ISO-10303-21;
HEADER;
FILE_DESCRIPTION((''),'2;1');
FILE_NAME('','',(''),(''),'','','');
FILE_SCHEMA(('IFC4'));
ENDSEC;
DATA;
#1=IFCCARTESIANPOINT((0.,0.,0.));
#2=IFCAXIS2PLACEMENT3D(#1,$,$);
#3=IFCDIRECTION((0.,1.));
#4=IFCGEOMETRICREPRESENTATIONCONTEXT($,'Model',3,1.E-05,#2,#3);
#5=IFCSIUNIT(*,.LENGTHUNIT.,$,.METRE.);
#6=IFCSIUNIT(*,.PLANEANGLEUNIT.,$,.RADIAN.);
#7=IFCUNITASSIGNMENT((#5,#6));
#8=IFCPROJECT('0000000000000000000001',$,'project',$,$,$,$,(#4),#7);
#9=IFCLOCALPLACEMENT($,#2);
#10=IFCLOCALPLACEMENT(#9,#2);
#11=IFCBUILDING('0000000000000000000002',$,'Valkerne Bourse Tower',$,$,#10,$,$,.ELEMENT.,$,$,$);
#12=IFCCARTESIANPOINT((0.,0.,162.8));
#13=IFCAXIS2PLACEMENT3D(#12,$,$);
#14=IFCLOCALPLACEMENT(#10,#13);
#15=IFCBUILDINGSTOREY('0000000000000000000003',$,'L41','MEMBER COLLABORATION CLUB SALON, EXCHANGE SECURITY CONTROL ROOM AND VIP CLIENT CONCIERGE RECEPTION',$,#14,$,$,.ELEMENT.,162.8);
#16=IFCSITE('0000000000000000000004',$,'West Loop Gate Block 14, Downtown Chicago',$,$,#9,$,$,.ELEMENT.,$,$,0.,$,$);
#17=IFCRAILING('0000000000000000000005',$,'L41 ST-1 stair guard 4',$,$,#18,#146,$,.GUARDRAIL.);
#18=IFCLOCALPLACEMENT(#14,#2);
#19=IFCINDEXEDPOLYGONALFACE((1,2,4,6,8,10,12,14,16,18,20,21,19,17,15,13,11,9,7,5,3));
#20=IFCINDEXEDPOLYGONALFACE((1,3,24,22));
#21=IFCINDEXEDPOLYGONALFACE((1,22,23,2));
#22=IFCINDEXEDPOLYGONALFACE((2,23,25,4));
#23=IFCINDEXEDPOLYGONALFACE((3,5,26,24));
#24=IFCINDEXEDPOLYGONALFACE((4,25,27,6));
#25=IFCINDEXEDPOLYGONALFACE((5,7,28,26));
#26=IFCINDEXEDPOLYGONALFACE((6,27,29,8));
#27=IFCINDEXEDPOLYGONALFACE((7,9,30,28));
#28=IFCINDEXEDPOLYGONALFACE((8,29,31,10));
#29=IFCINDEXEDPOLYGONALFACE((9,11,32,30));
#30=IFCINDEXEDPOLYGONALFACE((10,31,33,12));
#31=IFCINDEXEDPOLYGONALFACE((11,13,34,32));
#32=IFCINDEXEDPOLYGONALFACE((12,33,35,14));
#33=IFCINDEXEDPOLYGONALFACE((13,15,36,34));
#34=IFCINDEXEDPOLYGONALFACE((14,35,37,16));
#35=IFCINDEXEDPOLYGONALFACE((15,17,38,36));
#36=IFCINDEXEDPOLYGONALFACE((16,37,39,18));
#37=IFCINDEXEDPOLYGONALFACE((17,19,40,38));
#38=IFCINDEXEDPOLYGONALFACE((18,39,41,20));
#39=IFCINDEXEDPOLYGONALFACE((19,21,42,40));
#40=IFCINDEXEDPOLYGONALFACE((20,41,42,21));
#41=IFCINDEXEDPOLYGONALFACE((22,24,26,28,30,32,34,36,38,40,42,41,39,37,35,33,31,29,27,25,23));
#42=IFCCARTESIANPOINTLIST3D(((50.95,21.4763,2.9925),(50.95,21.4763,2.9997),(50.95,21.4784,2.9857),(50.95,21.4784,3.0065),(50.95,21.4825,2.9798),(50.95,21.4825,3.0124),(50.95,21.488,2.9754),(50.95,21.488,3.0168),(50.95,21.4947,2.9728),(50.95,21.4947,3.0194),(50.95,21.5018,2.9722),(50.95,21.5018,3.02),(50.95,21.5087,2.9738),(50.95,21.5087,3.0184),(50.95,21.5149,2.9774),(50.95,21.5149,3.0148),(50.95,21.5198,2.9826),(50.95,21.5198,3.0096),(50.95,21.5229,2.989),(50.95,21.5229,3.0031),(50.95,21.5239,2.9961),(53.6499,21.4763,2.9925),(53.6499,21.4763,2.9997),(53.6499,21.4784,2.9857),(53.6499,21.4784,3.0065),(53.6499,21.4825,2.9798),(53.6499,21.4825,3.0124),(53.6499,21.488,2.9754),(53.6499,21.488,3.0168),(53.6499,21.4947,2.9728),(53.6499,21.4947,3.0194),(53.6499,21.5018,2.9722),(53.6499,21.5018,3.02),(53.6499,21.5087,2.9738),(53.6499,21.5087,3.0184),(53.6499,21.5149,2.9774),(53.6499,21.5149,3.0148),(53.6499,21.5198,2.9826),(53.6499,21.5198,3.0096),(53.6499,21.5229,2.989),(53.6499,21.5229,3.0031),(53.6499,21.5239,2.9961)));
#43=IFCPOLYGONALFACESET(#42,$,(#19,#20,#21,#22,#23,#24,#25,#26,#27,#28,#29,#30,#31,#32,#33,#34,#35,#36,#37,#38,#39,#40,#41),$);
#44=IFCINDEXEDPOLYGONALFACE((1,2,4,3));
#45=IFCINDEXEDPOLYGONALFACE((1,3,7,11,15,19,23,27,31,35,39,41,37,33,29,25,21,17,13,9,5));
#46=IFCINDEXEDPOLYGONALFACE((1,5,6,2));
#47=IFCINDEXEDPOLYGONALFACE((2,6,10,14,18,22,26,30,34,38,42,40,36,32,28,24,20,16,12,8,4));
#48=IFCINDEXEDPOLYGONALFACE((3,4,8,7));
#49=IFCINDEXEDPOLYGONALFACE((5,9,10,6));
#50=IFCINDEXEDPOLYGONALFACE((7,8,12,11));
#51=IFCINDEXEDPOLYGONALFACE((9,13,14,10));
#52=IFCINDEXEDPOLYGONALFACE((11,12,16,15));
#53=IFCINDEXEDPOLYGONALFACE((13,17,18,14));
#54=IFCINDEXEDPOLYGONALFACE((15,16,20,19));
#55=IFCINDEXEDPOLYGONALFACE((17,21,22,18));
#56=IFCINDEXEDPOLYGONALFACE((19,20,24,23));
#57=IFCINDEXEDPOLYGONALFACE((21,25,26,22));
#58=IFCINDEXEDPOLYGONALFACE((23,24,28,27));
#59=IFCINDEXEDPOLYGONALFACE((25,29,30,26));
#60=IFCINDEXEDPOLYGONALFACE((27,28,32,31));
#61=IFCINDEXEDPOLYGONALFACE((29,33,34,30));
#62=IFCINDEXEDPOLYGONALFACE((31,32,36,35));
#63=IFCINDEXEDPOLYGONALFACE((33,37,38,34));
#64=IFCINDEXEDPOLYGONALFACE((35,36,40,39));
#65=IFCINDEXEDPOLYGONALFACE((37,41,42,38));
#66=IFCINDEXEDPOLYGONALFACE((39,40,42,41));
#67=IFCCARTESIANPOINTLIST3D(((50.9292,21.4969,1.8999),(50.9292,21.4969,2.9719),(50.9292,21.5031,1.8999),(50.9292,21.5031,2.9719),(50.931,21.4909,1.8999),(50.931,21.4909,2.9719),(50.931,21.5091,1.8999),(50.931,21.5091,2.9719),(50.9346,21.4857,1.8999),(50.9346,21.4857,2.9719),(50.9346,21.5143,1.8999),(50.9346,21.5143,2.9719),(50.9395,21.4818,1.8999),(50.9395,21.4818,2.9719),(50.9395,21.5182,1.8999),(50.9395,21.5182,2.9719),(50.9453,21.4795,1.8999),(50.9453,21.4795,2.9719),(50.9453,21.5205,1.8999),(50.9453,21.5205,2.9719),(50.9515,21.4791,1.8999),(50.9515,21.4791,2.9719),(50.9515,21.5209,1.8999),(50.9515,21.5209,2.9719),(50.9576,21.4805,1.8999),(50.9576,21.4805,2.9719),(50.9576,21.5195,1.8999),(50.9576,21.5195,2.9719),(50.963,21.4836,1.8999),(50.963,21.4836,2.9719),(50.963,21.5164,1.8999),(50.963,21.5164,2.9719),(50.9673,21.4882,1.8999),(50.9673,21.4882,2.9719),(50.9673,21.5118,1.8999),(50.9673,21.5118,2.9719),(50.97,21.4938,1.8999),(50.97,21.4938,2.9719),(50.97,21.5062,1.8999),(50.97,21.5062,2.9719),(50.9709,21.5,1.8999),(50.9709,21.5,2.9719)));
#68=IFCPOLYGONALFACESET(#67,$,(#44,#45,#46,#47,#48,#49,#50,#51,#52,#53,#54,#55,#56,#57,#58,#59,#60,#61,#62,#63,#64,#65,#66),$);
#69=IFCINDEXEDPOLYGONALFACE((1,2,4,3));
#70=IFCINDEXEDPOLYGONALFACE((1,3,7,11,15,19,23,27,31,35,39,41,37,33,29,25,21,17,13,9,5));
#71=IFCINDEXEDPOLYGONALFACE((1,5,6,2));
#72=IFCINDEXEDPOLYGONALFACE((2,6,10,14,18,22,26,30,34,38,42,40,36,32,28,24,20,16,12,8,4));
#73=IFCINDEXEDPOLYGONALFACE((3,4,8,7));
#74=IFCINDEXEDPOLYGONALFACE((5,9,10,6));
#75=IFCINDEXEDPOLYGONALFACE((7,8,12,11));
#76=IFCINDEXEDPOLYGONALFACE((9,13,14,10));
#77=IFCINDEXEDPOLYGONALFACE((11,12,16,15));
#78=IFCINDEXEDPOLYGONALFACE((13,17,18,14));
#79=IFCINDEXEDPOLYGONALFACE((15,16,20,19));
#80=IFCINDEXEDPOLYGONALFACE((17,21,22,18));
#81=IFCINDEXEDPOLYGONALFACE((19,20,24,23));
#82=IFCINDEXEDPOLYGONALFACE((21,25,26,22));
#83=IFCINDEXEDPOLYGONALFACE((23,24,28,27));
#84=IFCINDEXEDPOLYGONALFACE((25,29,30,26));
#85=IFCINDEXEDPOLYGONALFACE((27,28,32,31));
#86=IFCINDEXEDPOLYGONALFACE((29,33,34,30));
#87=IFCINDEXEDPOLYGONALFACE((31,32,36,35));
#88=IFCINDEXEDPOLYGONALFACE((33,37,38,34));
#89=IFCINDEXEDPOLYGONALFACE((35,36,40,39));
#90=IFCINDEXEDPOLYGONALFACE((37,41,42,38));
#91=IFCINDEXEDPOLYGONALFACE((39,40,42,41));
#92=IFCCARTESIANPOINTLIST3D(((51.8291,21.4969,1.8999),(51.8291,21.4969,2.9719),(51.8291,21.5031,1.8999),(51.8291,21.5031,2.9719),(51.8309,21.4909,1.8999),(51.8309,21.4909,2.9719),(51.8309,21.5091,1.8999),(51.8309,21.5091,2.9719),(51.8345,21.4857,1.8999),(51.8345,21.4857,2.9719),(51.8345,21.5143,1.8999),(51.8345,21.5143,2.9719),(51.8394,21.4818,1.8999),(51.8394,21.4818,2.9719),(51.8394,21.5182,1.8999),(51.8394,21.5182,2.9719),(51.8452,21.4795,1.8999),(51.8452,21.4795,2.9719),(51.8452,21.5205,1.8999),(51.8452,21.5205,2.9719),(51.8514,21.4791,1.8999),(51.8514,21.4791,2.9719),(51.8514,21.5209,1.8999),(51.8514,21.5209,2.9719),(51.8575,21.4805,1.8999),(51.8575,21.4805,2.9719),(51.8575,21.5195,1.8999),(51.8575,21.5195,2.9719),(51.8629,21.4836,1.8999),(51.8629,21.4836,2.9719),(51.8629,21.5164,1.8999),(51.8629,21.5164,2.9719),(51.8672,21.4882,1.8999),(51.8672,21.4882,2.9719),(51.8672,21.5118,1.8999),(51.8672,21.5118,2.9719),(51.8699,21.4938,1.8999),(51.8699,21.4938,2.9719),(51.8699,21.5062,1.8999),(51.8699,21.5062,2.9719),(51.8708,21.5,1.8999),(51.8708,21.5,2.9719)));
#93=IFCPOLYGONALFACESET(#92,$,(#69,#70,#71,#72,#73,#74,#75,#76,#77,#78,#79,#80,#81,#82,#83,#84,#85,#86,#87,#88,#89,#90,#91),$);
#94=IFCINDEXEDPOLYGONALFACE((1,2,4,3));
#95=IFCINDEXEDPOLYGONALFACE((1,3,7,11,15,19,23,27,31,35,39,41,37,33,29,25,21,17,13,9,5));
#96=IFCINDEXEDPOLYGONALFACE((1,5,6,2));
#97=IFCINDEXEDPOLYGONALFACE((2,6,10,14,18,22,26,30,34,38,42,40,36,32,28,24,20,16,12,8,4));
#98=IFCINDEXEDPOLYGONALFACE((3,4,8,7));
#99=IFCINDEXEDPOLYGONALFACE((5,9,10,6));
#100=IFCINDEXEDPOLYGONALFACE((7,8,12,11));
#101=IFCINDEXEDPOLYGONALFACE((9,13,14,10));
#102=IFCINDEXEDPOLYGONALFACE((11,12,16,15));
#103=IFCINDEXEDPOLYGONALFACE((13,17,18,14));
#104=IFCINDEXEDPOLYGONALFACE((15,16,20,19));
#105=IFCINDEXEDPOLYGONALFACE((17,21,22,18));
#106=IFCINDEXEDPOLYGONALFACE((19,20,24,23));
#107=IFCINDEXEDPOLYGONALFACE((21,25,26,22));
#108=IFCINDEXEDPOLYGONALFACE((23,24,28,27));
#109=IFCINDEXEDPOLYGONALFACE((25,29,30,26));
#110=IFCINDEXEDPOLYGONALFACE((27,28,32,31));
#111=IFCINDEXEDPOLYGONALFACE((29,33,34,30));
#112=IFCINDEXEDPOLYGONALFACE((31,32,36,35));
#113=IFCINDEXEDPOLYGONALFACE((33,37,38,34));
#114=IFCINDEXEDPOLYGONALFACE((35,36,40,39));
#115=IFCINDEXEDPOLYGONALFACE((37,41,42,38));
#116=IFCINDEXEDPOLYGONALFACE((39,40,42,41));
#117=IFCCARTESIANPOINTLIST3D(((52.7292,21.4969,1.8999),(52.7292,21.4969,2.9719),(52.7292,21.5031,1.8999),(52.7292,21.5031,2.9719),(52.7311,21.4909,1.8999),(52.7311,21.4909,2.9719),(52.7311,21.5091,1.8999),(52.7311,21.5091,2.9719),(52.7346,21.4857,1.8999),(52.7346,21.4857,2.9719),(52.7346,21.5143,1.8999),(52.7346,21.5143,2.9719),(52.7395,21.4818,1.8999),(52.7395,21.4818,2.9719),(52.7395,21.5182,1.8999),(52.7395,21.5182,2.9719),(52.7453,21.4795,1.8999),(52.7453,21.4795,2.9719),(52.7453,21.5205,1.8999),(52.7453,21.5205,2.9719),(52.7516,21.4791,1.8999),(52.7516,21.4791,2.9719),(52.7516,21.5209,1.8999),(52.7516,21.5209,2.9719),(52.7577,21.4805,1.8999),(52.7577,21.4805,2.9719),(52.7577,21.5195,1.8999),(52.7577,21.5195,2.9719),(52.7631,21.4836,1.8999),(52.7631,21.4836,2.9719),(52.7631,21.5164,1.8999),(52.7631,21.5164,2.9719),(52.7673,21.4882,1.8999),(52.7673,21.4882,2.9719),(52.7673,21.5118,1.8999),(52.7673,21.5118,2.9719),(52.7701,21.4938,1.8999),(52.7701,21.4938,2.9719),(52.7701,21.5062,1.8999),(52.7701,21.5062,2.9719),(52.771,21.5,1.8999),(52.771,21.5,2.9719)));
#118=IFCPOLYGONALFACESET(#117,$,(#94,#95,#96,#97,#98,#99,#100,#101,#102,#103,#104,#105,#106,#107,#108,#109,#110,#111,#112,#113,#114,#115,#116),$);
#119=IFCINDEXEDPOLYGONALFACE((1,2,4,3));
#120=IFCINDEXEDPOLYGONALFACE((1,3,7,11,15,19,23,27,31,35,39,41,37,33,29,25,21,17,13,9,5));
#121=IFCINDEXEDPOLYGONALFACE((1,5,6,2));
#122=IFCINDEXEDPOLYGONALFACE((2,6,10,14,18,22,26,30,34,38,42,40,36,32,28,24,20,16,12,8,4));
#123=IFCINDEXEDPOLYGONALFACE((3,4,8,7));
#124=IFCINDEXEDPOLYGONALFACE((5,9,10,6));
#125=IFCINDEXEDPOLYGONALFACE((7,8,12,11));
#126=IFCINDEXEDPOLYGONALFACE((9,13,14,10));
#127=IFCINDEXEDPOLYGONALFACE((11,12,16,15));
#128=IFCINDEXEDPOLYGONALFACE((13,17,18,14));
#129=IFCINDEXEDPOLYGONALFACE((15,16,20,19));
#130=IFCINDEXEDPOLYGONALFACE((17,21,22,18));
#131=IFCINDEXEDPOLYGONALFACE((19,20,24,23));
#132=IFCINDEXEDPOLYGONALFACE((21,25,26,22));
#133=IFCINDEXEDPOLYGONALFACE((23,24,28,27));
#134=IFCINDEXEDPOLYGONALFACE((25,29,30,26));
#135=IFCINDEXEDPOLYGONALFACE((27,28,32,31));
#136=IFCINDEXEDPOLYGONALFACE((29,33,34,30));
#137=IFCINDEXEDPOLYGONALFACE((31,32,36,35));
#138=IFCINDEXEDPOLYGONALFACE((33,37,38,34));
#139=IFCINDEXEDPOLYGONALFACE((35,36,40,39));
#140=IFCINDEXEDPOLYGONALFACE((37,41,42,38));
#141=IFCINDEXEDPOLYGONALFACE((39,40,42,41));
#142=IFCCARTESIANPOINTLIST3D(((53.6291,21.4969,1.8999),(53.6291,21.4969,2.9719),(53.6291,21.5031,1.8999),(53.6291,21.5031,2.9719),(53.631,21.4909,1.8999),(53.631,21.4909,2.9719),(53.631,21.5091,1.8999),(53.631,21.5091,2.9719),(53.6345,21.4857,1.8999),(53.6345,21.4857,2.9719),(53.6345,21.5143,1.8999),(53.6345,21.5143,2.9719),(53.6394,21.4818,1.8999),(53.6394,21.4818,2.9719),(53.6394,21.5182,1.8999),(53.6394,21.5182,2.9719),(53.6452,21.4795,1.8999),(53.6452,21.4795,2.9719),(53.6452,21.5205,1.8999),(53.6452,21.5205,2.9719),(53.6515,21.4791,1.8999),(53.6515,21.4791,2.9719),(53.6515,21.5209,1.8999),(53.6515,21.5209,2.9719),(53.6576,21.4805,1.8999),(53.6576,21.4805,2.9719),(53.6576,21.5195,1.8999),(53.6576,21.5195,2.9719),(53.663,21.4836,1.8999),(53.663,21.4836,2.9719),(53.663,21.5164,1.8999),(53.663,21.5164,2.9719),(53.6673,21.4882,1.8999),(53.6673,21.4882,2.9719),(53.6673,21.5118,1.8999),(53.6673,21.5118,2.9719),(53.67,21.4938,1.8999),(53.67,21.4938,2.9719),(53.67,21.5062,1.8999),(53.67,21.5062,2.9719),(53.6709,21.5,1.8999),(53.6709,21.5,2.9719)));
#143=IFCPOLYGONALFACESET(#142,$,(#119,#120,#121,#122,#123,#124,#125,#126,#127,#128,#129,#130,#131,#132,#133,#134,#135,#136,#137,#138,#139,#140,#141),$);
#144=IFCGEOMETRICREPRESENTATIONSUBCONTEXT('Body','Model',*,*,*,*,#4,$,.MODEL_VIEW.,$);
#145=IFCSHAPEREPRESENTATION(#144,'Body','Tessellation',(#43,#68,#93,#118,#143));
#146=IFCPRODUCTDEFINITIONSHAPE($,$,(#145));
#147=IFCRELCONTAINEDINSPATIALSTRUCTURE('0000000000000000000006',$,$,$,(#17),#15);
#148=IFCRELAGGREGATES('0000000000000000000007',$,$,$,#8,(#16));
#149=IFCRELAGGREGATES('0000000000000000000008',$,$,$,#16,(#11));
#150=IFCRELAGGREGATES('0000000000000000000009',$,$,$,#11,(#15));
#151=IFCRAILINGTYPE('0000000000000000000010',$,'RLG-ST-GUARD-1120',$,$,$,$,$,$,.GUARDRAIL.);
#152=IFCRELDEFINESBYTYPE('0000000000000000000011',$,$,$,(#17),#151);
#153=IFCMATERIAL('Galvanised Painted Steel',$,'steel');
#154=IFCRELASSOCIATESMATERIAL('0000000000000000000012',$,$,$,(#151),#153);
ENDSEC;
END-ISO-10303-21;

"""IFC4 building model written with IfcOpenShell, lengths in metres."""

from ifc_helpers import new_model, si_unit, direction, frame, origin, origin_2d, place, context, subcontext, project, spatial, circle, extrude, material, type_object, element, save


model = new_model("IFC4")

# Units and contexts
model_context = context("Model", 3, precision=1e-05, world=origin(), true_north=direction((0.0, 1.0)))
body_context = subcontext(model_context, "Body", "Model", "MODEL_VIEW")
ifc_project = project(units=[si_unit("LENGTHUNIT", "METRE"), si_unit("PLANEANGLEUNIT", "RADIAN")], contexts=[model_context])

# Site, building, storey
site_placement = place(None, origin())
site = spatial("IfcSite", under=ifc_project, at=site_placement, Name="West Loop Gate Block 14, Downtown Chicago", CompositionType="ELEMENT", RefElevation=0.0)
building_placement = place(site_placement, origin())
building = spatial("IfcBuilding", under=site, at=building_placement, Name="Valkerne Bourse Tower", CompositionType="ELEMENT")
storey_placement = place(building_placement, frame((0.0, 0.0, 162.8)))
storey = spatial("IfcBuildingStorey", under=building, at=storey_placement, Name="L41", Description="MEMBER COLLABORATION CLUB SALON, EXCHANGE SECURITY CONTROL ROOM AND VIP CLIENT CONCIERGE RECEPTION", CompositionType="ELEMENT", Elevation=162.8)

# Shared definitions
ifc_material_1 = material(Name="Galvanised Painted Steel", Category="steel")

# Railing
railing_type_1 = type_object("IfcRailingType", Name="RLG-ST-GUARD-1120", PredefinedType="GUARDRAIL", material=ifc_material_1)
for number, where, name in (
    (1, (50.95, 21.5, 1.8999), "L41 ST-1 stair guard 4"),
):
    element("IfcRailing", number, at=place(storey_placement, frame(where)), inside=storey, type_object=railing_type_1, Name=name, PredefinedType="GUARDRAIL", context=body_context, shape_type="SweptSolid", body=[
        extrude(circle(Radius=0.0239, at=origin_2d()), frame((0.0, 0.0, 1.0962), z_axis=(1.0, 0.0, 0.0), x_axis=(0.0, 1.0, 0.0)), (0.0, 0.0, 1.0), 2.7),
        extrude(circle(Radius=0.021, at=origin_2d()), origin(), (0.0, 0.0, 1.0), 1.072),
        extrude(circle(Radius=0.021, at=origin_2d()), frame((0.8999, 0.0, 0.0)), (0.0, 0.0, 1.0), 1.072),
        extrude(circle(Radius=0.021, at=origin_2d()), frame((1.8, 0.0, 0.0)), (0.0, 0.0, 1.0), 1.072),
        extrude(circle(Radius=0.021, at=origin_2d()), frame((2.7, 0.0, 0.0)), (0.0, 0.0, 1.0), 1.072),
    ])

save(model, "model.ifc")
